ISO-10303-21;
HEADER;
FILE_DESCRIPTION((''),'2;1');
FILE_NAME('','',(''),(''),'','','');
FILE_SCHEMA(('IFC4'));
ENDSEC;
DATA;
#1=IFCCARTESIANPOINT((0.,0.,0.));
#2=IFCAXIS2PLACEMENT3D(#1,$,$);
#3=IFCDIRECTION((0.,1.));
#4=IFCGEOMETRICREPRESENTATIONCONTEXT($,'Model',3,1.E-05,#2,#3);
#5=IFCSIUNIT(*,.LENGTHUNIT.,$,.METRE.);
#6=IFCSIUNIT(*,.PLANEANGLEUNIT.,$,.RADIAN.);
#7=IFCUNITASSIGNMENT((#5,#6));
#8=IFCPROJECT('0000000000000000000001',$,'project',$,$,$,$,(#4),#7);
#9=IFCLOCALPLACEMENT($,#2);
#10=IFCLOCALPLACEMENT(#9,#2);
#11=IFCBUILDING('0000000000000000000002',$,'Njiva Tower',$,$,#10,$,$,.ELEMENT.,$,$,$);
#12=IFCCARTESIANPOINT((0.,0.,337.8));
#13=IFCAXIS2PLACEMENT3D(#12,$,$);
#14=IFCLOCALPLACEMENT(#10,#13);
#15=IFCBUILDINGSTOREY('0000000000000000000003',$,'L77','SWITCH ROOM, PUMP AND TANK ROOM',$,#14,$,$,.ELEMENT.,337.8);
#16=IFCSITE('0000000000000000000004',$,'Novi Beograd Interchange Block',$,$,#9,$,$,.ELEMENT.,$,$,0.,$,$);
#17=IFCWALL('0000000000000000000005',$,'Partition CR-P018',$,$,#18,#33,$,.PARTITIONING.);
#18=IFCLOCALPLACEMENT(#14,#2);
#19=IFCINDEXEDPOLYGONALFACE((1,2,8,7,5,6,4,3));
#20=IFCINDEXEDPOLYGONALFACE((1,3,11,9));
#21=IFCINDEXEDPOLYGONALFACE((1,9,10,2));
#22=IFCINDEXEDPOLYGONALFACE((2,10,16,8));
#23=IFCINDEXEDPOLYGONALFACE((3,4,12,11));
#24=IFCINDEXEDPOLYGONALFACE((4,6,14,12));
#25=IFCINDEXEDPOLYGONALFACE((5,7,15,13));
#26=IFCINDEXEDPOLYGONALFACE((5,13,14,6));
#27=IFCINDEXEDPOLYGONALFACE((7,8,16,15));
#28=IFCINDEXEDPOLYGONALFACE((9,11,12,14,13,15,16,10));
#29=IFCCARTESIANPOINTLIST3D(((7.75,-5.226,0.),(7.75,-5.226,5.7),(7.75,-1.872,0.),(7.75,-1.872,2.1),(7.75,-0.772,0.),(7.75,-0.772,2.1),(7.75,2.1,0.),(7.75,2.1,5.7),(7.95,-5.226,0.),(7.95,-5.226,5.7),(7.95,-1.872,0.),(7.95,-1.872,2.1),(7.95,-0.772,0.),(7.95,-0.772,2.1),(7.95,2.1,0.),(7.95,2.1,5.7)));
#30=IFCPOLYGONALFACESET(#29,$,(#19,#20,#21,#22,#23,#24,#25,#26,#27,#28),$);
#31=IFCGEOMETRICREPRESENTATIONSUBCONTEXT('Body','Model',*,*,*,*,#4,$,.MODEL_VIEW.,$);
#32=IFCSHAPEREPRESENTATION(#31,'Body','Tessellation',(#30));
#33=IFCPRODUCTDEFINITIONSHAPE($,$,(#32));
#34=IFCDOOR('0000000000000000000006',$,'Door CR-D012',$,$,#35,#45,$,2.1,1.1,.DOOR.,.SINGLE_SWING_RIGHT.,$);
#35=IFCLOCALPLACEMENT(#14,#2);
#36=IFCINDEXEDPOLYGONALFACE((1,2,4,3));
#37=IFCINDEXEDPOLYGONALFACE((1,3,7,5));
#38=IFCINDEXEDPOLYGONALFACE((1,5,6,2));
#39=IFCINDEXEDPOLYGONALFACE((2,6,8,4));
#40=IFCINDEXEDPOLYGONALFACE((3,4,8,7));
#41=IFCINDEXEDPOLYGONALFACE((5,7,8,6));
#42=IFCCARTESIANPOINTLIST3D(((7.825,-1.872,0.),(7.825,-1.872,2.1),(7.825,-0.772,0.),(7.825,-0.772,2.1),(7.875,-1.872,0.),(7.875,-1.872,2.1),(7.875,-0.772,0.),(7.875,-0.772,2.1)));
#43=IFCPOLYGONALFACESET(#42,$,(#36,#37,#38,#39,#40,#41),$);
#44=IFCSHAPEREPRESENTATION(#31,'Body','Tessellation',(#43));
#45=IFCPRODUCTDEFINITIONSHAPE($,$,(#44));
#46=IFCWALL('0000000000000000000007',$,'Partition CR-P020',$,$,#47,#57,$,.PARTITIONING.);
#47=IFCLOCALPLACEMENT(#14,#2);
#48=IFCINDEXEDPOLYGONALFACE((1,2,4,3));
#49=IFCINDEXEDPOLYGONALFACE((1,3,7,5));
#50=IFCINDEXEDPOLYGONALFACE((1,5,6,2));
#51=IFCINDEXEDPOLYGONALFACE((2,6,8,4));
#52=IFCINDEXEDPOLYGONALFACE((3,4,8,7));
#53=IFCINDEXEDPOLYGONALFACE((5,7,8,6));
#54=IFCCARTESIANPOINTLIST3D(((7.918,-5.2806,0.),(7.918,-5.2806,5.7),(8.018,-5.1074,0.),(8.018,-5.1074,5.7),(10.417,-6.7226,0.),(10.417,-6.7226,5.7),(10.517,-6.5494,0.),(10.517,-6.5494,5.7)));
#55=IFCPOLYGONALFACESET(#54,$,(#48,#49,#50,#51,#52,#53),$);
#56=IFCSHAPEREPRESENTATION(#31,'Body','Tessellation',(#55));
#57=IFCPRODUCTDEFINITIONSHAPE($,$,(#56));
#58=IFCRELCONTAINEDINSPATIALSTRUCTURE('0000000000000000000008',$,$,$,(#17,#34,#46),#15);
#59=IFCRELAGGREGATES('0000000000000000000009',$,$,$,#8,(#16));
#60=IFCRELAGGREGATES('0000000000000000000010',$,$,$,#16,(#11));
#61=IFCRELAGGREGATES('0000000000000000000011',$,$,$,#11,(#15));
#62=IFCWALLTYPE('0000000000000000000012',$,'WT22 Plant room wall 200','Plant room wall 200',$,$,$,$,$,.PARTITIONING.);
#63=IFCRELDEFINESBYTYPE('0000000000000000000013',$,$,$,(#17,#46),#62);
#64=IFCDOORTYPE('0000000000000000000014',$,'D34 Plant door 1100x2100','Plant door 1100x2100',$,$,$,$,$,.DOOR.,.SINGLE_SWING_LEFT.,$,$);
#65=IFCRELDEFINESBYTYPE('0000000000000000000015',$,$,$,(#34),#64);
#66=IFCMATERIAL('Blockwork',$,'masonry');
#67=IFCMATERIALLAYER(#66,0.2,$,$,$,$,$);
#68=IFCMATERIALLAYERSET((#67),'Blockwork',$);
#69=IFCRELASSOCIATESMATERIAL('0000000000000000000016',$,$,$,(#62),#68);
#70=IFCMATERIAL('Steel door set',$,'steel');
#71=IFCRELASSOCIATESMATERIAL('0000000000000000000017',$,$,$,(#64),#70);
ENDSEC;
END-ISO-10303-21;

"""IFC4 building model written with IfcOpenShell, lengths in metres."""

from ifc_helpers import new_model, si_unit, direction, frame, frame_2d, origin, place, context, subcontext, project, spatial, rectangle, extrude, material, layer, layer_set, type_object, element, fill, save


model = new_model("IFC4")

# Units and contexts
model_context = context("Model", 3, precision=1e-05, world=origin(), true_north=direction((0.0, 1.0)))
body_context = subcontext(model_context, "Body", "Model", "MODEL_VIEW")
ifc_project = project(units=[si_unit("LENGTHUNIT", "METRE"), si_unit("PLANEANGLEUNIT", "RADIAN")], contexts=[model_context])

# Site, building, storey
site_placement = place(None, origin())
site = spatial("IfcSite", under=ifc_project, at=site_placement, Name="Novi Beograd Interchange Block", CompositionType="ELEMENT", RefElevation=0.0)
building_placement = place(site_placement, origin())
building = spatial("IfcBuilding", under=site, at=building_placement, Name="Njiva Tower", CompositionType="ELEMENT")
storey_placement = place(building_placement, frame((0.0, 0.0, 337.8)))
storey = spatial("IfcBuildingStorey", under=building, at=storey_placement, Name="L77", Description="SWITCH ROOM, PUMP AND TANK ROOM", CompositionType="ELEMENT", Elevation=337.8)

# Wall, opening, door
ifc_material_1 = material(Name="Blockwork", Category="masonry")
ifc_layer_1 = layer(ifc_material_1, 0.2)
ifc_layer_set_1 = layer_set([ifc_layer_1], Name="Blockwork")
wall_type = type_object("IfcWallType", Name="WT22 Plant room wall 200", Description="Plant room wall 200", PredefinedType="PARTITIONING", material=ifc_layer_set_1)
wall_1_placement = place(storey_placement, frame((7.85, -5.226, 0.0), z_axis=(0.0, 0.0, 1.0), x_axis=(0.0, 1.0, 0.0)))
wall_1 = element("IfcWall", 1, at=wall_1_placement, inside=storey, type_object=wall_type, Name="Partition CR-P018", PredefinedType="PARTITIONING", context=body_context, shape_type="SweptSolid", body=[
    extrude(rectangle(XDim=7.326, YDim=0.2, at=frame_2d((3.663, 0.0))), origin(), (0.0, 0.0, 1.0), 5.7),
])
opening_placement = place(wall_1_placement, frame((3.354, 0.0, 0.0)))
opening = element("IfcOpeningElement", 2, at=opening_placement, cuts=wall_1, PredefinedType="OPENING", context=body_context, shape_type="SweptSolid", body=[
    extrude(rectangle(XDim=1.1, YDim=2.1, at=frame_2d((0.55, 1.05))), frame((0.0, 0.11, 0.0), z_axis=(0.0, -1.0, 0.0), x_axis=(1.0, 0.0, 0.0)), (0.0, 0.0, 1.0), 0.22),
])
ifc_material_2 = material(Name="Steel door set", Category="steel")
door_type = type_object("IfcDoorType", Name="D34 Plant door 1100x2100", Description="Plant door 1100x2100", OperationType="SINGLE_SWING_LEFT", PredefinedType="DOOR", material=ifc_material_2)
door_placement = place(opening_placement, origin())
door = element("IfcDoor", 3, at=door_placement, inside=storey, type_object=door_type, Name="Door CR-D012", OperationType="SINGLE_SWING_RIGHT", OverallHeight=2.1, OverallWidth=1.1, PredefinedType="DOOR", context=body_context, shape_type="SweptSolid", body=[
    extrude(rectangle(XDim=1.1, YDim=2.1, at=frame_2d((0.55, 1.05))), frame((0.0, 0.025, 0.0), z_axis=(0.0, -1.0, 0.0), x_axis=(1.0, 0.0, 0.0)), (0.0, 0.0, 1.0), 0.05),
])
fill(opening, door)

# Wall
wall_2_placement = place(storey_placement, frame((7.968, -5.194, 0.0), z_axis=(0.0, 0.0, 1.0), x_axis=(0.866145, -0.499792, 0.0)))
element("IfcWall", 4, at=wall_2_placement, inside=storey, type_object=wall_type, Name="Partition CR-P020", PredefinedType="PARTITIONING", context=body_context, shape_type="SweptSolid", body=[
    extrude(rectangle(XDim=2.8852, YDim=0.2, at=frame_2d((1.4426, 0.0))), origin(), (0.0, 0.0, 1.0), 5.7),
])

save(model, "model.ifc")
